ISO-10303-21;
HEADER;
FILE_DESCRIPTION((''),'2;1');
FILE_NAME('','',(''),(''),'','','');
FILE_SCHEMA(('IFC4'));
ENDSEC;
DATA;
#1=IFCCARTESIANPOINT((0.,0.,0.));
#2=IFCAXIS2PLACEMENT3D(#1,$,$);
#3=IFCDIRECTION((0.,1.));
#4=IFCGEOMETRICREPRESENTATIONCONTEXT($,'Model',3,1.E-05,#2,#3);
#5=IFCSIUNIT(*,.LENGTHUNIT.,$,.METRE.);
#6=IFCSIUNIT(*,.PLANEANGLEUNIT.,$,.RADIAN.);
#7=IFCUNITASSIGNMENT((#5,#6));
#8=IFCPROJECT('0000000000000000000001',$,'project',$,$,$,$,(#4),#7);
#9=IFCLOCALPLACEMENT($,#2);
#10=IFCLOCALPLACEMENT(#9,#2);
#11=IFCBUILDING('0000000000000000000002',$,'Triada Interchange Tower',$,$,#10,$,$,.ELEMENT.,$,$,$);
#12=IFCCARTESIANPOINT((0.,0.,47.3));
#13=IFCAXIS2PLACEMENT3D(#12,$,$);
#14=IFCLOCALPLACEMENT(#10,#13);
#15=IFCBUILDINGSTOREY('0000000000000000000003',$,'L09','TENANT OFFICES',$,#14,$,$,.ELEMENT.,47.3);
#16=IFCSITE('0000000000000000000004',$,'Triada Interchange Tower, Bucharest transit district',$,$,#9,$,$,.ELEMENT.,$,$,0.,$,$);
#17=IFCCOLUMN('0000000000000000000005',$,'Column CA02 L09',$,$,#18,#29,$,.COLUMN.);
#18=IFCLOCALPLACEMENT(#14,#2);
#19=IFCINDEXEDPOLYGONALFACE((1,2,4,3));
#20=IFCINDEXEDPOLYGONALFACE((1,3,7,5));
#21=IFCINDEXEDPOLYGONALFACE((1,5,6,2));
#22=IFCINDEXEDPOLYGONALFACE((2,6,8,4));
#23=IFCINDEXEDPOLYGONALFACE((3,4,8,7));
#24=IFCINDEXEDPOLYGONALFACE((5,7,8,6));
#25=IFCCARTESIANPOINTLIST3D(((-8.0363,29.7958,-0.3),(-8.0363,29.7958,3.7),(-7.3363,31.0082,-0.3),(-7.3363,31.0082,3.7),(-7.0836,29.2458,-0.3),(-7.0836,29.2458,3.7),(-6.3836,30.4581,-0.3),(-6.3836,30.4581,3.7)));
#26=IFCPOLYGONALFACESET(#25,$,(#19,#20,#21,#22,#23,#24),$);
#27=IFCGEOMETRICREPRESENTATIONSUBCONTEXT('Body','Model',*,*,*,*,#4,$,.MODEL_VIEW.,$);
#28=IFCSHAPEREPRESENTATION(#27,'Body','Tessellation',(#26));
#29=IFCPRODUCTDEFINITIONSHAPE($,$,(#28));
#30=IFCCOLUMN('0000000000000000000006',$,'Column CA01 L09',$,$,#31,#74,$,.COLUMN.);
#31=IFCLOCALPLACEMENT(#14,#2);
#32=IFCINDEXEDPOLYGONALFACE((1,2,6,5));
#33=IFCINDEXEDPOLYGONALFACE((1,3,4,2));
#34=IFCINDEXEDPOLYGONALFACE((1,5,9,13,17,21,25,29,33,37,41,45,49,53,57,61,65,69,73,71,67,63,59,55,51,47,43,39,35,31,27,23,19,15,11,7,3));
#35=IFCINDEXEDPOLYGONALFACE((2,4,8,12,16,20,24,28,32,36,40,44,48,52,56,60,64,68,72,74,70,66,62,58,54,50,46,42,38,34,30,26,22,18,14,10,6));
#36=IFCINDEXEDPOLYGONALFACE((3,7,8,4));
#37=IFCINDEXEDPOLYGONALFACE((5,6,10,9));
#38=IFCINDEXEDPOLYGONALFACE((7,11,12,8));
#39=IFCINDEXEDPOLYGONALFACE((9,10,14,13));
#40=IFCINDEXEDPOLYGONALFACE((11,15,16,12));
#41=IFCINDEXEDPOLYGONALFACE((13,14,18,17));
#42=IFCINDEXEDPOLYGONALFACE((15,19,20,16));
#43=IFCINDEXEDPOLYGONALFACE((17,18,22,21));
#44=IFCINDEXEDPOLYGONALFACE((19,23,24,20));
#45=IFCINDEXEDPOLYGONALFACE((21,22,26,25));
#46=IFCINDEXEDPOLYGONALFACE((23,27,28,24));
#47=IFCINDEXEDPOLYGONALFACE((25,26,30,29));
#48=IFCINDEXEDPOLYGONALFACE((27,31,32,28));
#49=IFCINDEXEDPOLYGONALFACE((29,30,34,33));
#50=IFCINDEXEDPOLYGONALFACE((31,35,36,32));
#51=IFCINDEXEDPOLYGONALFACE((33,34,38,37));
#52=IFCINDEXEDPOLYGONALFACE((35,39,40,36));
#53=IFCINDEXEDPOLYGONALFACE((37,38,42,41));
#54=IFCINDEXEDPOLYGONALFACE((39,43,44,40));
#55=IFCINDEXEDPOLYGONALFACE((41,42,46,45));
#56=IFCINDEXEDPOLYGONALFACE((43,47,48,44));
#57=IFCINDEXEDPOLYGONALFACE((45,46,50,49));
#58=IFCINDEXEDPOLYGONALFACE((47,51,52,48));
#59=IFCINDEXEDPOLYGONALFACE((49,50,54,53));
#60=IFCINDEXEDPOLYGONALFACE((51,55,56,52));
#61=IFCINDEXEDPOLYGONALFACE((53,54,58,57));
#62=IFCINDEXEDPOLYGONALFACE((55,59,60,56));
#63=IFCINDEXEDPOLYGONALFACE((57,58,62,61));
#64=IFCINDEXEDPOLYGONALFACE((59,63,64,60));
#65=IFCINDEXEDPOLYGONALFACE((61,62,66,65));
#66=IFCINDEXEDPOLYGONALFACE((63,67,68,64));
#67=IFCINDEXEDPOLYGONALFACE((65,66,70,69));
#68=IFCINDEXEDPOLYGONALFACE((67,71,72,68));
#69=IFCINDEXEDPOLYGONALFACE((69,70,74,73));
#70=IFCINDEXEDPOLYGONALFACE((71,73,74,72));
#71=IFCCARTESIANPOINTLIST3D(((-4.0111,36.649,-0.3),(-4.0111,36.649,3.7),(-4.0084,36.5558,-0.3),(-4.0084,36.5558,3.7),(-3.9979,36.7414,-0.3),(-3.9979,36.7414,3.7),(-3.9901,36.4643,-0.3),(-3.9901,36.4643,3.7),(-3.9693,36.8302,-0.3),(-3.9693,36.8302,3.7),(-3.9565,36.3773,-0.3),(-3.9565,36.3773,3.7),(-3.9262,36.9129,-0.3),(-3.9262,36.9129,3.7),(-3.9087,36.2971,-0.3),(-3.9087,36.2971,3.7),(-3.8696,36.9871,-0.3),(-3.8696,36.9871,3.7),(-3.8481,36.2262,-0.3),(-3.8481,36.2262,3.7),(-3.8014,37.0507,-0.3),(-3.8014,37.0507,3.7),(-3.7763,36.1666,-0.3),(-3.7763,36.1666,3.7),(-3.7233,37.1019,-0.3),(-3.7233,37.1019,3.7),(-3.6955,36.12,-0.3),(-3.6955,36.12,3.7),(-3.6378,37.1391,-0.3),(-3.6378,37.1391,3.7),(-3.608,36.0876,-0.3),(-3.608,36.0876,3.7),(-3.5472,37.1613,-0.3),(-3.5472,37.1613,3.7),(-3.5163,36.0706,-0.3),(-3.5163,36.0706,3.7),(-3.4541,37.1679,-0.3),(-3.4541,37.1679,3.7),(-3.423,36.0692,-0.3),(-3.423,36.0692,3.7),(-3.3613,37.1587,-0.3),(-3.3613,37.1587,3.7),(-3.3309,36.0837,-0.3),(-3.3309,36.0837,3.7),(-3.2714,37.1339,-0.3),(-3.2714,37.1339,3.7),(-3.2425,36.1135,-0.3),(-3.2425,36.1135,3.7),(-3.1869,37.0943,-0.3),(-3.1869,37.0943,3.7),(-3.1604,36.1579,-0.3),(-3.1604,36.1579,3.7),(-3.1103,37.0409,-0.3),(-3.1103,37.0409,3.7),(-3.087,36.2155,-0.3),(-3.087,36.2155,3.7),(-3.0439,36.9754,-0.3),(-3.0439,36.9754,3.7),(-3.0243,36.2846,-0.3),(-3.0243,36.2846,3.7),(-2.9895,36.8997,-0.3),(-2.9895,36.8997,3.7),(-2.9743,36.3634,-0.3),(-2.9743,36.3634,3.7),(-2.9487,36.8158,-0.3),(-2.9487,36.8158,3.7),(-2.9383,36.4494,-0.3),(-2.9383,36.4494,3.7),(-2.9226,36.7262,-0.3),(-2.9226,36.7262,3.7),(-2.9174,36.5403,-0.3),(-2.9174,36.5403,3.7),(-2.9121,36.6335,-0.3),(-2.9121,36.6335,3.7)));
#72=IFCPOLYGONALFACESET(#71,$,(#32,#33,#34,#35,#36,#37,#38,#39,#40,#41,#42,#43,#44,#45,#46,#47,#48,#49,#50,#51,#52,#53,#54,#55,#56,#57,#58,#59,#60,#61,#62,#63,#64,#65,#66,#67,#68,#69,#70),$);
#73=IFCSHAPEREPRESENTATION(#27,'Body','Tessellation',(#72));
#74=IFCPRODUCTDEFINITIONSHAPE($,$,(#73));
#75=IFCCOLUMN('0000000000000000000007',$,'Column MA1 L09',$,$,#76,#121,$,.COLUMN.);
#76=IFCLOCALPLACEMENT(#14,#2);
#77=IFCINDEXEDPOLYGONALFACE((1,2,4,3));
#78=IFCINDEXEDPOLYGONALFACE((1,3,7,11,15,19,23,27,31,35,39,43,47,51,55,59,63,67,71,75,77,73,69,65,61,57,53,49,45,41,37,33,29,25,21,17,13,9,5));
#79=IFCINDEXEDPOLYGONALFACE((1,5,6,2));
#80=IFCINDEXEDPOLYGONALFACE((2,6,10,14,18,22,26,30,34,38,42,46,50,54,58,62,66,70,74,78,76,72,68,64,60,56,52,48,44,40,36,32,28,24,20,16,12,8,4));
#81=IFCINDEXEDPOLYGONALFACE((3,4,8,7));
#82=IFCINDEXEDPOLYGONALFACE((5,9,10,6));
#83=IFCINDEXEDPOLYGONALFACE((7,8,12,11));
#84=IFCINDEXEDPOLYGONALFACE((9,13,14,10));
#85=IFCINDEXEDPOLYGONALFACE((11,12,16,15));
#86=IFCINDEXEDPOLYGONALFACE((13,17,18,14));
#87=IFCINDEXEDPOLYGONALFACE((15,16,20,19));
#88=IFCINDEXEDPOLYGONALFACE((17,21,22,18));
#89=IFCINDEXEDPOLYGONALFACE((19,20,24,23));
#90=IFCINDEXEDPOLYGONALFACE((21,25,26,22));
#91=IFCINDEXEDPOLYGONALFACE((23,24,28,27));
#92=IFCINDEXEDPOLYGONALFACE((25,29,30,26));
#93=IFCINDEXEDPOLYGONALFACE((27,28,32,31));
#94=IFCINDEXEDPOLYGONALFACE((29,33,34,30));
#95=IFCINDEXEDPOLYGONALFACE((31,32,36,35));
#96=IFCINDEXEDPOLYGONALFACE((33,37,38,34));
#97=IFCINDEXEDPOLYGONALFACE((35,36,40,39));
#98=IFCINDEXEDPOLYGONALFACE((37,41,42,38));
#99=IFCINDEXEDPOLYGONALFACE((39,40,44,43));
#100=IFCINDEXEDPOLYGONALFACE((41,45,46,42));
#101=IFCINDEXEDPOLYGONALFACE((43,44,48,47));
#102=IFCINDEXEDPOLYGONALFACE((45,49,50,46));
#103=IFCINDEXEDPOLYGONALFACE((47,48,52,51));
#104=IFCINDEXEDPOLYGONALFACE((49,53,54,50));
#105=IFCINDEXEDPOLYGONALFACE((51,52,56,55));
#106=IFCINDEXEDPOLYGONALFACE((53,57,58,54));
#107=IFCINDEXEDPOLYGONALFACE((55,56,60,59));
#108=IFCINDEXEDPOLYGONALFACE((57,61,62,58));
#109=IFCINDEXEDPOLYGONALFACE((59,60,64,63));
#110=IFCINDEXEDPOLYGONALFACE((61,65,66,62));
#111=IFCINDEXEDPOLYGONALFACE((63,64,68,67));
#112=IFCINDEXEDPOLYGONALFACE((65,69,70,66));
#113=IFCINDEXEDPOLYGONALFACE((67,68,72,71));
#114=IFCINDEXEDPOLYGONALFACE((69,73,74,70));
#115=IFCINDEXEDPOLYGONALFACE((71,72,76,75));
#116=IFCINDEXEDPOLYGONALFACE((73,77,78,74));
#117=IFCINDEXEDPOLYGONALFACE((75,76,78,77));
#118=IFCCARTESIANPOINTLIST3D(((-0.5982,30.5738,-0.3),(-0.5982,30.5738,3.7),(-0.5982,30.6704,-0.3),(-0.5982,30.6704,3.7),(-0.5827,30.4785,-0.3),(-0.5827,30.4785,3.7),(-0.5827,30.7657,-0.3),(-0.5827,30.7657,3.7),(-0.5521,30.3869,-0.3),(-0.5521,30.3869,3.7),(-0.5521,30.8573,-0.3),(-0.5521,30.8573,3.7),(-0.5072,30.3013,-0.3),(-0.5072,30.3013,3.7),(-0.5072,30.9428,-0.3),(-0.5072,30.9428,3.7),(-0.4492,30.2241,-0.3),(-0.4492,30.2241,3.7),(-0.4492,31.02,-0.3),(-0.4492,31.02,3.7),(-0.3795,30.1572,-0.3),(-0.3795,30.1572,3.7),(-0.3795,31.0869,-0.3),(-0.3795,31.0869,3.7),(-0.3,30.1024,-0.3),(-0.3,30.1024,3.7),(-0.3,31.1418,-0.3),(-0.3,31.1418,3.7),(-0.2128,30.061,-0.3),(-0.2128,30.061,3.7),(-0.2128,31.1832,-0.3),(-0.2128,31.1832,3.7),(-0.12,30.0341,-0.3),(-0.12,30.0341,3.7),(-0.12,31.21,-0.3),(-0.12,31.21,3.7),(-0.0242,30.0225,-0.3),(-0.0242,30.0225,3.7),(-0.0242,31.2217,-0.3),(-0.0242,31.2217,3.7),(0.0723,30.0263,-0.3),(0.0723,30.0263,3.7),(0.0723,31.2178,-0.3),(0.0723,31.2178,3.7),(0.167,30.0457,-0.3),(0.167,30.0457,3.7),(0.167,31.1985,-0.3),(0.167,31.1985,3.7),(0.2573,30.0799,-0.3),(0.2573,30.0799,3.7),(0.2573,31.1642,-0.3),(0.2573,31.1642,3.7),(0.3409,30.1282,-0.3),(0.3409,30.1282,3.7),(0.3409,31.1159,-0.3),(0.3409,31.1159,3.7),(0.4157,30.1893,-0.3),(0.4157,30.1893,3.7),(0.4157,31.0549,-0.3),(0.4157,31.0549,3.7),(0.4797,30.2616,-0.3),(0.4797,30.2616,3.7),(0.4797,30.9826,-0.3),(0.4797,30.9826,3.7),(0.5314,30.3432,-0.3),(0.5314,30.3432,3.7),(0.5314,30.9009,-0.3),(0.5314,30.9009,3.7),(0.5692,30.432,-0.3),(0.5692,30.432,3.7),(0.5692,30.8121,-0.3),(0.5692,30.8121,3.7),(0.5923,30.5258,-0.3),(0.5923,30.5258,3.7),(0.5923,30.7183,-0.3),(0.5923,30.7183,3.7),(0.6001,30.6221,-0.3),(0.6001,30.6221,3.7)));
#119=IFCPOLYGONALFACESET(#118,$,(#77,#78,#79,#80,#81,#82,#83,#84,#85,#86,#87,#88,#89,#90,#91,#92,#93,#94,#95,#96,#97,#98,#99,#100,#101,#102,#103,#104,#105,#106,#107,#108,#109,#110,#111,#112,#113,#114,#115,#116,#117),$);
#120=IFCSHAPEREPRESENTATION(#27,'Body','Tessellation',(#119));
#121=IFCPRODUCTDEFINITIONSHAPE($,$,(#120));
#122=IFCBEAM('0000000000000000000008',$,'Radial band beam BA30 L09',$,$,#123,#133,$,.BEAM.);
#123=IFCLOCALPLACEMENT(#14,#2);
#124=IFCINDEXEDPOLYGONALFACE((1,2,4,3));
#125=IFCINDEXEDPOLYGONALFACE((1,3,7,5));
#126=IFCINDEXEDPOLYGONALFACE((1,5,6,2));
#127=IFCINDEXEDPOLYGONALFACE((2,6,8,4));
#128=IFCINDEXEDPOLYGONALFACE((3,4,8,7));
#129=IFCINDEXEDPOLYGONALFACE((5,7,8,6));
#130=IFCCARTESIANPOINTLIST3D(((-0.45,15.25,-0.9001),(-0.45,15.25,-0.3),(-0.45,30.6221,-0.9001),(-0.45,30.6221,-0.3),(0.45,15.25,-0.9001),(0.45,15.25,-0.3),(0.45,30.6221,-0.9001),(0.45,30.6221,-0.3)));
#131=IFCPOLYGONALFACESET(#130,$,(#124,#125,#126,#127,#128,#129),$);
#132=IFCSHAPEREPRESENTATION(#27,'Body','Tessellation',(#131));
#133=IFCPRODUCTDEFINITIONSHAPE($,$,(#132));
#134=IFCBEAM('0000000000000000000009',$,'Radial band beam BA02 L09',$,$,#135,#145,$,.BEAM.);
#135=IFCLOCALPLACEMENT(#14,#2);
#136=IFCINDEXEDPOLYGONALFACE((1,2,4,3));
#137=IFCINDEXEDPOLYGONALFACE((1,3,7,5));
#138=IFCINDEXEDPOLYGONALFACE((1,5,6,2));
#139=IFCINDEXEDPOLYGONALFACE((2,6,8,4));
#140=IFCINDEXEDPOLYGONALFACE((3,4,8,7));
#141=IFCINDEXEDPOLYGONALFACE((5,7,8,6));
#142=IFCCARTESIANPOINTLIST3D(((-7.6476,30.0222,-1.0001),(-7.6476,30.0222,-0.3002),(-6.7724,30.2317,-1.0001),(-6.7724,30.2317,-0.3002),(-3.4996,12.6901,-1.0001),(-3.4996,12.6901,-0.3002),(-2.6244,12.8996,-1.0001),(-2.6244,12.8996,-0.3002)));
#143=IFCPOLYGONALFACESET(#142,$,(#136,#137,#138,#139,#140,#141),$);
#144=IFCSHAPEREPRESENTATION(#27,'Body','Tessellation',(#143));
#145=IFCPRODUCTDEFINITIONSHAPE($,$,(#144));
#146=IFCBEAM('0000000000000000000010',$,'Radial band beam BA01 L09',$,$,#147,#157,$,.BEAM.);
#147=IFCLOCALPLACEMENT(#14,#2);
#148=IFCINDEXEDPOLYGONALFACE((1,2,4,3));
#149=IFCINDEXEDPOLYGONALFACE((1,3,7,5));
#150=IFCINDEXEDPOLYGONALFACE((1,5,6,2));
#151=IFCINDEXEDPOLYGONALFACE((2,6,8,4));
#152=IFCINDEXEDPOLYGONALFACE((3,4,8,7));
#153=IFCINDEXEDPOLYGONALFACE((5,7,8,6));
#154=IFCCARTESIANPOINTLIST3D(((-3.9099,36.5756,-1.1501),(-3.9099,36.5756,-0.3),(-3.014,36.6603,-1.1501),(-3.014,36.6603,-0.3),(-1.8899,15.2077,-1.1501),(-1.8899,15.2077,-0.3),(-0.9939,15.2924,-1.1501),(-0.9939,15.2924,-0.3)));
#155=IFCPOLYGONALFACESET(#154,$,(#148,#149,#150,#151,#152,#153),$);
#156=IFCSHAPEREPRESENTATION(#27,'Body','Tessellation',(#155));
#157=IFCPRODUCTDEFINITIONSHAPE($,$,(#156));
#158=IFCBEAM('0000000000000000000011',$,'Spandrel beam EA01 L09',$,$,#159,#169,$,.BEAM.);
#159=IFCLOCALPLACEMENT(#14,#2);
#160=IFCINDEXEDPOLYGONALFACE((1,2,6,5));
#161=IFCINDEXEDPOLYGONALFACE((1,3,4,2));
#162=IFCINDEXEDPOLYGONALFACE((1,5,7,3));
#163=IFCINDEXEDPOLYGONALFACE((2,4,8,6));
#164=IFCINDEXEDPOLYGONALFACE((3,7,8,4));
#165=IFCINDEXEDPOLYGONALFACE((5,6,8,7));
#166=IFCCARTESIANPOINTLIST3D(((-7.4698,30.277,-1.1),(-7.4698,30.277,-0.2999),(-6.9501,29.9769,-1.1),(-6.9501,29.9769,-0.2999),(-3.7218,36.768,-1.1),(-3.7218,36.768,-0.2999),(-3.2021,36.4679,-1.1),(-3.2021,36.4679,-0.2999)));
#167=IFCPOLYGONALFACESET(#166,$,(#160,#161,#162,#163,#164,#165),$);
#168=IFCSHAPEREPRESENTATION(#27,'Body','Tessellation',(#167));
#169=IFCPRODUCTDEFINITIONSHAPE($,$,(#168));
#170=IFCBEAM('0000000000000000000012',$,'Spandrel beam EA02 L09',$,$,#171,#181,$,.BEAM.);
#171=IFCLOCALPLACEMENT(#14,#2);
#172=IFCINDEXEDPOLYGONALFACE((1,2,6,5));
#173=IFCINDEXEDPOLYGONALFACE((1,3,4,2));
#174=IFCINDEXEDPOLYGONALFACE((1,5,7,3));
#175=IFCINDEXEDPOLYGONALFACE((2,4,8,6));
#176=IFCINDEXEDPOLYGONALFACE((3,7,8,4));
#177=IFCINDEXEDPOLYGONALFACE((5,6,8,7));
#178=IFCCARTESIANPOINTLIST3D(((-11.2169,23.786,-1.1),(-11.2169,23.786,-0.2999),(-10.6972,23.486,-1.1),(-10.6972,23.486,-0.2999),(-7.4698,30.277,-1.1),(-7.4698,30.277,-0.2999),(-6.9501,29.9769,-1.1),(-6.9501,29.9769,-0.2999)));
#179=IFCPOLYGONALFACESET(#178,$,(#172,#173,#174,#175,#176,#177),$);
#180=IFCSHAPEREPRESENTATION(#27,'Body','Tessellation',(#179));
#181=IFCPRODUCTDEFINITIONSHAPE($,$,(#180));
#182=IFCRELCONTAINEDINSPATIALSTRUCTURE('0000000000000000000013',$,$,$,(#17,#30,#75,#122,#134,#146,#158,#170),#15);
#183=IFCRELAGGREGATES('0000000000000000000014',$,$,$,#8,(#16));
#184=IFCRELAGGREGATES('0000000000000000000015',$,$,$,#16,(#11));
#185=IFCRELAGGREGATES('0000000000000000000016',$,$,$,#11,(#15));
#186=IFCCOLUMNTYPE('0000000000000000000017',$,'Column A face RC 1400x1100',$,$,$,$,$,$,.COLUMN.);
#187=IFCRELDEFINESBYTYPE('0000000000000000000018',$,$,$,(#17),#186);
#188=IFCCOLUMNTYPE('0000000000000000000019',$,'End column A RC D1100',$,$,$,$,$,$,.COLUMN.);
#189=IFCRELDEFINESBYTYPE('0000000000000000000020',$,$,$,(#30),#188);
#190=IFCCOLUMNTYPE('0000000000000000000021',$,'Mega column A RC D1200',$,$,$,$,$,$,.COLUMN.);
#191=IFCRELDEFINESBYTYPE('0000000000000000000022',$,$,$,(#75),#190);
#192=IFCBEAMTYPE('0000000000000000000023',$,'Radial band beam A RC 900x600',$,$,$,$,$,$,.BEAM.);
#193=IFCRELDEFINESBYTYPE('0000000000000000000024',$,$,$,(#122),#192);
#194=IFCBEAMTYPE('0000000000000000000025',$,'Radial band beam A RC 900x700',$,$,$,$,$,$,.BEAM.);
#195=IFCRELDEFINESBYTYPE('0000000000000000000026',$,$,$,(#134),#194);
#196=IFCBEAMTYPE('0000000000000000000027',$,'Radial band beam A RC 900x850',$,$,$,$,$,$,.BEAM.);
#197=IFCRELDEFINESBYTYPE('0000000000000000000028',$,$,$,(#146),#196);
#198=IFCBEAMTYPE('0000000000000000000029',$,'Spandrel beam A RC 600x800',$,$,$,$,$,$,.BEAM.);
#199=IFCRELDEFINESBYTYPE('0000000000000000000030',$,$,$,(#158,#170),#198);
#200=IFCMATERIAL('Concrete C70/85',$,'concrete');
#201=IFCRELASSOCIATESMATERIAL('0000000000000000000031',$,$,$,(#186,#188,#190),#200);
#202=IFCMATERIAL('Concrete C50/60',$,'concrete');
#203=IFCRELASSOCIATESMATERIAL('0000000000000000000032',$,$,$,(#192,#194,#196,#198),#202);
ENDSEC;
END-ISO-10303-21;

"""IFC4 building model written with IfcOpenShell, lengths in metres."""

from ifc_helpers import new_model, si_unit, direction, frame, origin, origin_2d, place, context, subcontext, project, spatial, rectangle, circle, extrude, material, material_profile, profile_set, type_object, element, save


model = new_model("IFC4")

# Units and contexts
model_context = context("Model", 3, precision=1e-05, world=origin(), true_north=direction((0.0, 1.0)))
body_context = subcontext(model_context, "Body", "Model", "MODEL_VIEW")
ifc_project = project(units=[si_unit("LENGTHUNIT", "METRE"), si_unit("PLANEANGLEUNIT", "RADIAN")], contexts=[model_context])

# Site, building, storey
site_placement = place(None, origin())
site = spatial("IfcSite", under=ifc_project, at=site_placement, Name="Triada Interchange Tower, Bucharest transit district", CompositionType="ELEMENT", RefElevation=0.0)
building_placement = place(site_placement, origin())
building = spatial("IfcBuilding", under=site, at=building_placement, Name="Triada Interchange Tower", CompositionType="ELEMENT")
storey_placement = place(building_placement, frame((0.0, 0.0, 47.3)))
storey = spatial("IfcBuildingStorey", under=building, at=storey_placement, Name="L09", Description="TENANT OFFICES", CompositionType="ELEMENT", Elevation=47.3)

# Columns
ifc_material_1 = material(Name="Concrete C70/85", Category="concrete")
ifc_material_profile_1 = material_profile(ifc_material_1, rectangle(XDim=1.3999, YDim=1.1001, at=origin_2d()), Name="RC 1400x1100")
ifc_profile_set_1 = profile_set([ifc_material_profile_1], Name="Concrete C70/85")
column_type_1 = type_object("IfcColumnType", Name="Column A face RC 1400x1100", PredefinedType="COLUMN", material=ifc_profile_set_1)
column_1_placement = place(storey_placement, frame((-7.21, 30.127, -0.3), z_axis=(0.0, 0.0, 1.0), x_axis=(0.5, 0.866025, 0.0)))
element("IfcColumn", 1, at=column_1_placement, inside=storey, type_object=column_type_1, Name="Column CA02 L09", PredefinedType="COLUMN", context=body_context, shape_type="SweptSolid", body=[
    extrude(rectangle(XDim=1.3999, YDim=1.1001, at=origin_2d()), origin(), (0.0, 0.0, 1.0), 4.0),
])
ifc_material_profile_2 = material_profile(ifc_material_1, circle(Radius=0.55, at=origin_2d()), Name="RC D1100")
ifc_profile_set_2 = profile_set([ifc_material_profile_2], Name="Concrete C70/85")
column_type_2 = type_object("IfcColumnType", Name="End column A RC D1100", PredefinedType="COLUMN", material=ifc_profile_set_2)
column_2_placement = place(storey_placement, frame((-3.4619, 36.6179, -0.3), z_axis=(0.0, 0.0, 1.0), x_axis=(0.5, 0.866025, 0.0)))
element("IfcColumn", 2, at=column_2_placement, inside=storey, type_object=column_type_2, Name="Column CA01 L09", PredefinedType="COLUMN", context=body_context, shape_type="SweptSolid", body=[
    extrude(circle(Radius=0.55, at=origin_2d()), origin(), (0.0, 0.0, 1.0), 4.0),
])
ifc_material_profile_3 = material_profile(ifc_material_1, circle(Radius=0.6001, at=origin_2d()), Name="RC D1200")
ifc_profile_set_3 = profile_set([ifc_material_profile_3], Name="Concrete C70/85")
column_type_3 = type_object("IfcColumnType", Name="Mega column A RC D1200", PredefinedType="COLUMN", material=ifc_profile_set_3)
column_3_placement = place(storey_placement, frame((0.0, 30.6221, -0.3), z_axis=(0.0, 0.0, 1.0), x_axis=(1.0, 0.0, 0.0)))
element("IfcColumn", 3, at=column_3_placement, inside=storey, type_object=column_type_3, Name="Column MA1 L09", PredefinedType="COLUMN", context=body_context, shape_type="SweptSolid", body=[
    extrude(circle(Radius=0.6001, at=origin_2d()), origin(), (0.0, 0.0, 1.0), 4.0),
])

# Beams
ifc_material_2 = material(Name="Concrete C50/60", Category="concrete")
ifc_material_profile_4 = material_profile(ifc_material_2, rectangle(XDim=0.8999, YDim=0.6001, at=origin_2d()), Name="RC 900x600")
ifc_profile_set_4 = profile_set([ifc_material_profile_4], Name="Concrete C50/60")
beam_type_1 = type_object("IfcBeamType", Name="Radial band beam A RC 900x600", PredefinedType="BEAM", material=ifc_profile_set_4)
beam_1_placement = place(storey_placement, frame((0.0, 30.6221, -0.6001), z_axis=(0.0, -1.0, 0.0), x_axis=(1.0, 0.0, 0.0)))
element("IfcBeam", 4, at=beam_1_placement, inside=storey, type_object=beam_type_1, Name="Radial band beam BA30 L09", PredefinedType="BEAM", context=body_context, shape_type="SweptSolid", body=[
    extrude(rectangle(XDim=0.8999, YDim=0.6001, at=origin_2d()), origin(), (0.0, 0.0, 1.0), 15.3721),
])
ifc_material_profile_5 = material_profile(ifc_material_2, rectangle(XDim=0.8999, YDim=0.7, at=origin_2d()), Name="RC 900x700")
ifc_profile_set_5 = profile_set([ifc_material_profile_5], Name="Concrete C50/60")
beam_type_2 = type_object("IfcBeamType", Name="Radial band beam A RC 900x700", PredefinedType="BEAM", material=ifc_profile_set_5)
beam_2_placement = place(storey_placement, frame((-7.21, 30.127, -0.6501), z_axis=(0.23275, -0.972537, 0.0), x_axis=(0.972537, 0.23275, 0.0)))
element("IfcBeam", 5, at=beam_2_placement, inside=storey, type_object=beam_type_2, Name="Radial band beam BA02 L09", PredefinedType="BEAM", context=body_context, shape_type="SweptSolid", body=[
    extrude(rectangle(XDim=0.8999, YDim=0.7, at=origin_2d()), origin(), (0.0, 0.0, 1.0), 17.8215),
])
ifc_material_profile_6 = material_profile(ifc_material_2, rectangle(XDim=0.8999, YDim=0.8501, at=origin_2d()), Name="RC 900x850")
ifc_profile_set_6 = profile_set([ifc_material_profile_6], Name="Concrete C50/60")
beam_type_3 = type_object("IfcBeamType", Name="Radial band beam A RC 900x850", PredefinedType="BEAM", material=ifc_profile_set_6)
beam_3_placement = place(storey_placement, frame((-3.4619, 36.6179, -0.7251), z_axis=(0.094116, -0.995561, 0.0), x_axis=(0.995561, 0.094116, 0.0)))
element("IfcBeam", 6, at=beam_3_placement, inside=storey, type_object=beam_type_3, Name="Radial band beam BA01 L09", PredefinedType="BEAM", context=body_context, shape_type="SweptSolid", body=[
    extrude(rectangle(XDim=0.8999, YDim=0.8501, at=origin_2d()), origin(), (0.0, 0.0, 1.0), 21.4631),
])
ifc_material_profile_7 = material_profile(ifc_material_2, rectangle(XDim=0.6001, YDim=0.8, at=origin_2d()), Name="RC 600x800")
ifc_profile_set_7 = profile_set([ifc_material_profile_7], Name="Concrete C50/60")
beam_type_4 = type_object("IfcBeamType", Name="Spandrel beam A RC 600x800", PredefinedType="BEAM", material=ifc_profile_set_7)
beam_4_placement = place(storey_placement, frame((-3.4619, 36.6179, -0.7), z_axis=(-0.500049, -0.865997, 0.0), x_axis=(0.865997, -0.500049, 0.0)))
element("IfcBeam", 7, at=beam_4_placement, inside=storey, type_object=beam_type_4, Name="Spandrel beam EA01 L09", PredefinedType="BEAM", context=body_context, shape_type="SweptSolid", body=[
    extrude(rectangle(XDim=0.6001, YDim=0.8, at=origin_2d()), origin(), (0.0, 0.0, 1.0), 7.4954),
])
beam_5_placement = place(storey_placement, frame((-7.21, 30.127, -0.7), z_axis=(-0.499951, -0.866054, 0.0), x_axis=(0.866054, -0.499951, 0.0)))
element("IfcBeam", 8, at=beam_5_placement, inside=storey, type_object=beam_type_4, Name="Spandrel beam EA02 L09", PredefinedType="BEAM", context=body_context, shape_type="SweptSolid", body=[
    extrude(rectangle(XDim=0.6001, YDim=0.8, at=origin_2d()), origin(), (0.0, 0.0, 1.0), 7.4949),
])

save(model, "model.ifc")
